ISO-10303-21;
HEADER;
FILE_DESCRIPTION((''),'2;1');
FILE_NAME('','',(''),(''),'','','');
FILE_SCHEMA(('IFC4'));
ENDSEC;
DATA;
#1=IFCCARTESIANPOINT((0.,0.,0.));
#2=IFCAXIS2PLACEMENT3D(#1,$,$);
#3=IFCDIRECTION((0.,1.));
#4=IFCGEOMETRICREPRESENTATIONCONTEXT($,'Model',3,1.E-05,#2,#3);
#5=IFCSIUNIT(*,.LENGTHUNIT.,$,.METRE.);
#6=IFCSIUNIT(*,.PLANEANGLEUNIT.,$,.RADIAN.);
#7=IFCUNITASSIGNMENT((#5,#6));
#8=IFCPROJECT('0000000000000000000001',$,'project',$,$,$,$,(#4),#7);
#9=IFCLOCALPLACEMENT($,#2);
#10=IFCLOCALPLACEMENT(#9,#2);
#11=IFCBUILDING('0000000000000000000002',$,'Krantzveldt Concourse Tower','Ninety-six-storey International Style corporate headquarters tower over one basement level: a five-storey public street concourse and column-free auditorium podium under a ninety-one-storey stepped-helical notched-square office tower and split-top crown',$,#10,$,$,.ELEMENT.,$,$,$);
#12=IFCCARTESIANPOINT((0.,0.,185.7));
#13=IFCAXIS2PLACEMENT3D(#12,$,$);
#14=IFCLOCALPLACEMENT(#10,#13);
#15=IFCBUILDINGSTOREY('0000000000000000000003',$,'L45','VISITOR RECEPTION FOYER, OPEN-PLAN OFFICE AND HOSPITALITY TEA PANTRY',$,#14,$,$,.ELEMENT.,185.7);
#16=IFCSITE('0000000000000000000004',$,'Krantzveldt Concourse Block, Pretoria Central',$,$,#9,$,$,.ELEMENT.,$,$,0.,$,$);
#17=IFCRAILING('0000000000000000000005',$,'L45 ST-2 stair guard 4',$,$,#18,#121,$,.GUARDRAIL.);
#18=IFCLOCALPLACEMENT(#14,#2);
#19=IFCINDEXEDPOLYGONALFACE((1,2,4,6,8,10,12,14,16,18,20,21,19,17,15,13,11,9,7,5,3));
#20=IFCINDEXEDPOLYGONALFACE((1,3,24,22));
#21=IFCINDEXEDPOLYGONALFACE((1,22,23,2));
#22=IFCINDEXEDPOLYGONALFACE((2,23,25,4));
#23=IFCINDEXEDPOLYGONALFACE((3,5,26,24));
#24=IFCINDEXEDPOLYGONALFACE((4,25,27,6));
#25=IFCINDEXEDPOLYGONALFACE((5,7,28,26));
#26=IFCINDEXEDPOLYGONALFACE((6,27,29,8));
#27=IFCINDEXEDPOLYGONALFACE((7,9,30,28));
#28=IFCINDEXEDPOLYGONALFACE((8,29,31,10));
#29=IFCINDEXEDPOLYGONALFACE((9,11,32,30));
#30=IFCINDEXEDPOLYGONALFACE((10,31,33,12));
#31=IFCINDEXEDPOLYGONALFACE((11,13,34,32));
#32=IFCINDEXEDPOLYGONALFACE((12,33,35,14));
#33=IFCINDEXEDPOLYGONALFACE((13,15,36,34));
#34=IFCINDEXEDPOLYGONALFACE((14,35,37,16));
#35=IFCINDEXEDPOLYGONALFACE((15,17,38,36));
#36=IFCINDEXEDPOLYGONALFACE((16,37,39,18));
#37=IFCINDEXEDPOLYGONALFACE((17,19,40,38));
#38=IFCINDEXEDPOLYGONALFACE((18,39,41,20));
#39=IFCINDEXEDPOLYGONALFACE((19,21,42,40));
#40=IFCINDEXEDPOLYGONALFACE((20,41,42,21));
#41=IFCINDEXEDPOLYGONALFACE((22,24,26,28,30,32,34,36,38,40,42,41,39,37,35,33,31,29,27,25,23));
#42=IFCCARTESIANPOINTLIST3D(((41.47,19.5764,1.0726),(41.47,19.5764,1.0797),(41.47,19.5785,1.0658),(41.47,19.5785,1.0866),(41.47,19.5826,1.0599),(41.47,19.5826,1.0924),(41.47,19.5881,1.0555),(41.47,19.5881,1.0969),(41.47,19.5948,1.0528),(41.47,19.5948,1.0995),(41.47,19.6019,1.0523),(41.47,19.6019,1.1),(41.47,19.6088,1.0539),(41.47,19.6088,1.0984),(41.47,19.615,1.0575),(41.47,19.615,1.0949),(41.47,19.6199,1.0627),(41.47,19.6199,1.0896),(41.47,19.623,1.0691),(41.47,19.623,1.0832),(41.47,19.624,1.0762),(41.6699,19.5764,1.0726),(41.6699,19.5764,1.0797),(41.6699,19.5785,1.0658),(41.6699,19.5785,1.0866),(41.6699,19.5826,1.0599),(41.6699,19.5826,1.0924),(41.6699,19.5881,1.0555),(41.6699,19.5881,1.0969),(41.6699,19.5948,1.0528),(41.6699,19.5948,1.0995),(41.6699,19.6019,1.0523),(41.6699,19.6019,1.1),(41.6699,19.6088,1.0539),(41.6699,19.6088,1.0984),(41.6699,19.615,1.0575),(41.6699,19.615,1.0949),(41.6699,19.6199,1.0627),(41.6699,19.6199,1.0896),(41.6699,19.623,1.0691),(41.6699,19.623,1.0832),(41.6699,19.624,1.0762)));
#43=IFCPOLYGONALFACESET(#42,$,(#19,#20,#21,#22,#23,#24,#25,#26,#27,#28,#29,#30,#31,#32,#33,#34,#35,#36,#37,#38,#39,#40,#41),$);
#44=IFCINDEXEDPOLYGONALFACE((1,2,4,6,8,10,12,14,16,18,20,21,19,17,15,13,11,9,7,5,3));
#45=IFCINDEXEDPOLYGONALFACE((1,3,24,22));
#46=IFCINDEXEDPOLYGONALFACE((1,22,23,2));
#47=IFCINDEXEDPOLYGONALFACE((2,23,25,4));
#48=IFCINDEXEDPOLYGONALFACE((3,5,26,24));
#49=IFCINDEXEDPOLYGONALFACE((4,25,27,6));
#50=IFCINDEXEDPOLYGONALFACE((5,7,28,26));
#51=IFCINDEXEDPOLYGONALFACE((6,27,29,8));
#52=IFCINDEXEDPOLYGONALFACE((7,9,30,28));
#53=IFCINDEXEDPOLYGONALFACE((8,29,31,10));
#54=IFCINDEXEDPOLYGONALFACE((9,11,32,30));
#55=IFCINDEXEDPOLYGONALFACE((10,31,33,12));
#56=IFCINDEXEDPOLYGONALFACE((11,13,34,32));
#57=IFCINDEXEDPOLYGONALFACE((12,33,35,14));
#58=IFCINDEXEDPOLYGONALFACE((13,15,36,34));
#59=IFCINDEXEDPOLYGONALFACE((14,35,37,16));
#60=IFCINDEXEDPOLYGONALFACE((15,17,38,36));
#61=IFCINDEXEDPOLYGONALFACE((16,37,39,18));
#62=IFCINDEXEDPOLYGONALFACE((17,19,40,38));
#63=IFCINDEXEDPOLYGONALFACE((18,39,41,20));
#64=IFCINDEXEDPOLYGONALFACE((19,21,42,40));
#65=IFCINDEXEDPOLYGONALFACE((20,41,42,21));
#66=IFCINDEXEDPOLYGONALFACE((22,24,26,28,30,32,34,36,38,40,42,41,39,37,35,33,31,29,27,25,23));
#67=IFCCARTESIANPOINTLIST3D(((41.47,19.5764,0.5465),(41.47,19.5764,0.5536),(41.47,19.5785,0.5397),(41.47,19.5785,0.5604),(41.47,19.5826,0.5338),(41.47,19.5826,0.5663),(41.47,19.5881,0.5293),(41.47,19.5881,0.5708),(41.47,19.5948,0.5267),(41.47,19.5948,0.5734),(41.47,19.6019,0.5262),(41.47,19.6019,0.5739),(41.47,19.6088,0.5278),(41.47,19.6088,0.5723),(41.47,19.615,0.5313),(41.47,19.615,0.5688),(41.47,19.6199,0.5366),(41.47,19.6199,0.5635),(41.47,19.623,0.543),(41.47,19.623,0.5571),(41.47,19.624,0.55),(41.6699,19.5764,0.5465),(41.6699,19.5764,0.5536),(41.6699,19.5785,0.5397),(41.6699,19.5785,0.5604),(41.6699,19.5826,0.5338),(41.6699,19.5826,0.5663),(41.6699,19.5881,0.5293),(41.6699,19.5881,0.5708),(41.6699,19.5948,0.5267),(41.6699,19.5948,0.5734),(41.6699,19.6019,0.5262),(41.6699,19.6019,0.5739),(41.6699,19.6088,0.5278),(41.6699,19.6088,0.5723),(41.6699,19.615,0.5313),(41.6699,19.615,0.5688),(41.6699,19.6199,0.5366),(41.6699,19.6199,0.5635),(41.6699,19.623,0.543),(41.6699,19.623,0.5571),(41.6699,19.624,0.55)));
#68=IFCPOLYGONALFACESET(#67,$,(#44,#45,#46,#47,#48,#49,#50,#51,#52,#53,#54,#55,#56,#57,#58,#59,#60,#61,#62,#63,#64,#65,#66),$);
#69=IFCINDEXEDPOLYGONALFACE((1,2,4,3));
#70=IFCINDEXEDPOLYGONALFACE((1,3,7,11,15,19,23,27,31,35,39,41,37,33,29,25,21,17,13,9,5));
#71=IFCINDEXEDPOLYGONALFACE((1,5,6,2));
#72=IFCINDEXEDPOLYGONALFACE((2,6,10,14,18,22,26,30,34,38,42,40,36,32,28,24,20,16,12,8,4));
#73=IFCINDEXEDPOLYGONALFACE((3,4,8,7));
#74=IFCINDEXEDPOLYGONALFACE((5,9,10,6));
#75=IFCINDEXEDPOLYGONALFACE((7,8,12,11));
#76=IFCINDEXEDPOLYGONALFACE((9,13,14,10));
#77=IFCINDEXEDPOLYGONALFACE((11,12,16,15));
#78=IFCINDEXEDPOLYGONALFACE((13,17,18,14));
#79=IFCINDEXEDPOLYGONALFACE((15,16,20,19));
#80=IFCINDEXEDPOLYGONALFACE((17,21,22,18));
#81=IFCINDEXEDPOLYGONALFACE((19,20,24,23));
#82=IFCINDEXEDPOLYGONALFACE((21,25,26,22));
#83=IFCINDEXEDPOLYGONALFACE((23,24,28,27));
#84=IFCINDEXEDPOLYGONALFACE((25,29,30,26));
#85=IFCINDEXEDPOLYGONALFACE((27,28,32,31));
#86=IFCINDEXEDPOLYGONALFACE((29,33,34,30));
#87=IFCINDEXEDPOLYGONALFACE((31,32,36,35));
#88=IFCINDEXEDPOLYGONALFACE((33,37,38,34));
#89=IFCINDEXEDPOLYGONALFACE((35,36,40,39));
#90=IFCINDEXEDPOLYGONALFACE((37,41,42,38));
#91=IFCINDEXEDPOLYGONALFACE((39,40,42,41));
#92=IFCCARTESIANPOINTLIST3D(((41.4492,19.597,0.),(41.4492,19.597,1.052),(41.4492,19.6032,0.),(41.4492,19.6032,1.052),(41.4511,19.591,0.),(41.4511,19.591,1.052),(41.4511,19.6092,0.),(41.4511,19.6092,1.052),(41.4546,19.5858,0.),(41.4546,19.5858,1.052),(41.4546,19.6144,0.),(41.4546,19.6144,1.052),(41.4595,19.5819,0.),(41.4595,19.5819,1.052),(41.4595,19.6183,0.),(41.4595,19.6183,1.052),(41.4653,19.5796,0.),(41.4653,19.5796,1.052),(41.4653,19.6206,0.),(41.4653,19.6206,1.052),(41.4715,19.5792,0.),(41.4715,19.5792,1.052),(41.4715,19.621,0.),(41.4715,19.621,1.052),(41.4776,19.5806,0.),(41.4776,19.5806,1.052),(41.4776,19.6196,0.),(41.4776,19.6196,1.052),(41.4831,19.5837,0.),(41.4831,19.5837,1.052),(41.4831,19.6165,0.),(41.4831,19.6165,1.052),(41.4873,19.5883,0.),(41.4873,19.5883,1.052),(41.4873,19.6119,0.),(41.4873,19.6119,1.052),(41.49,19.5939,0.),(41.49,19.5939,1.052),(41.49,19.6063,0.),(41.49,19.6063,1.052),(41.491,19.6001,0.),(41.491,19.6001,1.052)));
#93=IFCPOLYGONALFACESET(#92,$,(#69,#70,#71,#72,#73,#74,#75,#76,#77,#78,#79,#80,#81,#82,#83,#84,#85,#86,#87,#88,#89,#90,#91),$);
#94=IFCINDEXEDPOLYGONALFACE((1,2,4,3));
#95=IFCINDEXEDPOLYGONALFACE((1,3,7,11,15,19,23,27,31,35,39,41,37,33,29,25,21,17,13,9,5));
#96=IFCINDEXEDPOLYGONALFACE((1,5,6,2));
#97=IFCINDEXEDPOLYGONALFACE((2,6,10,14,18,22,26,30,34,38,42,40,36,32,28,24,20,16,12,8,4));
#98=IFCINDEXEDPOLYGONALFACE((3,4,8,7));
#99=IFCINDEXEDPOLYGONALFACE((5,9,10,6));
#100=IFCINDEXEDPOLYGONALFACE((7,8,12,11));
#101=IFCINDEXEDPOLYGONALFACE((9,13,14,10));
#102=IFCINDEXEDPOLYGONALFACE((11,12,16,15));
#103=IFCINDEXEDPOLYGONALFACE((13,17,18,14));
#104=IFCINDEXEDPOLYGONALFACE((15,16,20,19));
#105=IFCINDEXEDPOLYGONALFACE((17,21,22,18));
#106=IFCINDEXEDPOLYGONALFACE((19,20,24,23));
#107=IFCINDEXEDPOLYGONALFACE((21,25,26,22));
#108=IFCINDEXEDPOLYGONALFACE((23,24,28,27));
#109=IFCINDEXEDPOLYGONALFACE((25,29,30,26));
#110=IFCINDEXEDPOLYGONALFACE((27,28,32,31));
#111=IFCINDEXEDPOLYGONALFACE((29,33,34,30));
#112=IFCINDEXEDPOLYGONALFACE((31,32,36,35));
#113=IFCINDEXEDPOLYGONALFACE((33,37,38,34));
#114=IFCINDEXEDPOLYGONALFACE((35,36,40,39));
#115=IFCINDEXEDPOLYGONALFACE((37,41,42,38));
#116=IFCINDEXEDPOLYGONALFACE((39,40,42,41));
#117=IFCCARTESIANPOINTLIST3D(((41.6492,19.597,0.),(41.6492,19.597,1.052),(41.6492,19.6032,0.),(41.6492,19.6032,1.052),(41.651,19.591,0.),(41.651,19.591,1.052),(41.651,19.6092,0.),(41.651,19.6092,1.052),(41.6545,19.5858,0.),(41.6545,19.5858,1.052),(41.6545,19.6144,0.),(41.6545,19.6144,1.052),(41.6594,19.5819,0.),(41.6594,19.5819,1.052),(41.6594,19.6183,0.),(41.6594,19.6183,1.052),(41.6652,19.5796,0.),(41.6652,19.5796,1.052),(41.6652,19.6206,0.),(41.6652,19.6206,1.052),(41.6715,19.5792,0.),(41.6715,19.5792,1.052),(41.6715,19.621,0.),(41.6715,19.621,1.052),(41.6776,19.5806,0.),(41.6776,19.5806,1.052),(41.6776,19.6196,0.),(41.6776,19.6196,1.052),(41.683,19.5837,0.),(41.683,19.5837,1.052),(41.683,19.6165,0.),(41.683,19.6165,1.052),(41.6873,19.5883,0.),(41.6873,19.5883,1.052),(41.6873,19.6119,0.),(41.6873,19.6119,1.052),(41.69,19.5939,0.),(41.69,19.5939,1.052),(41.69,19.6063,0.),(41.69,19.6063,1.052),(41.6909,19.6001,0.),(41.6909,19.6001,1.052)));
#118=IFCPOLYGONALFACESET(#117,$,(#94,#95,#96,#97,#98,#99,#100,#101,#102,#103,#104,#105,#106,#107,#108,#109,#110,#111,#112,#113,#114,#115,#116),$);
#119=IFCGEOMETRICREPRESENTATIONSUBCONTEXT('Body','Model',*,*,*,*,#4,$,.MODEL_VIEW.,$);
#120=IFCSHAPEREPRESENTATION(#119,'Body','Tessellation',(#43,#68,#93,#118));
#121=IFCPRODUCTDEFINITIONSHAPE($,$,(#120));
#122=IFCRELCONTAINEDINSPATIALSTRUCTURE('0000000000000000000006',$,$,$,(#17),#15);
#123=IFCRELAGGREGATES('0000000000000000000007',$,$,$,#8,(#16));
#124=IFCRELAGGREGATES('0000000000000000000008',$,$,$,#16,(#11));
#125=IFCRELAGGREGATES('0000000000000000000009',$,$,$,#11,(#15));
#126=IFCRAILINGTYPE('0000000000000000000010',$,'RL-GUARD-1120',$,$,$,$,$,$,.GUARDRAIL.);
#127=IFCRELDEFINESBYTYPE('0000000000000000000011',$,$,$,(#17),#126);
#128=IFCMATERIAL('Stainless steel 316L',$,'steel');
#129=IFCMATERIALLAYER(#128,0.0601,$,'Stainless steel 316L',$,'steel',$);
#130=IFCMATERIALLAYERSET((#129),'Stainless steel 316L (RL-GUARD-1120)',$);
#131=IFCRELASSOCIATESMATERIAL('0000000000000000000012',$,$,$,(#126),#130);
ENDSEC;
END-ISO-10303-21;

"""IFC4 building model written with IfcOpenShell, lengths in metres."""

from ifc_helpers import new_model, si_unit, direction, frame, origin, origin_2d, place, context, subcontext, project, spatial, circle, extrude, material, layer, layer_set, type_object, element, save


model = new_model("IFC4")

# Units and contexts
model_context = context("Model", 3, precision=1e-05, world=origin(), true_north=direction((0.0, 1.0)))
body_context = subcontext(model_context, "Body", "Model", "MODEL_VIEW")
ifc_project = project(units=[si_unit("LENGTHUNIT", "METRE"), si_unit("PLANEANGLEUNIT", "RADIAN")], contexts=[model_context])

# Site, building, storey
site_placement = place(None, origin())
site = spatial("IfcSite", under=ifc_project, at=site_placement, Name="Krantzveldt Concourse Block, Pretoria Central", CompositionType="ELEMENT", RefElevation=0.0)
building_placement = place(site_placement, origin())
building = spatial("IfcBuilding", under=site, at=building_placement, Name="Krantzveldt Concourse Tower", Description="Ninety-six-storey International Style corporate headquarters tower over one basement level: a five-storey public street concourse and column-free auditorium podium under a ninety-one-storey stepped-helical notched-square office tower and split-top crown", CompositionType="ELEMENT")
storey_placement = place(building_placement, frame((0.0, 0.0, 185.7)))
storey = spatial("IfcBuildingStorey", under=building, at=storey_placement, Name="L45", Description="VISITOR RECEPTION FOYER, OPEN-PLAN OFFICE AND HOSPITALITY TEA PANTRY", CompositionType="ELEMENT", Elevation=185.7)

# Shared definitions
ifc_material_1 = material(Name="Stainless steel 316L", Category="steel")

# Railing
ifc_layer_1 = layer(ifc_material_1, 0.0601, Name="Stainless steel 316L", Category="steel")
ifc_layer_set_1 = layer_set([ifc_layer_1], Name="Stainless steel 316L (RL-GUARD-1120)")
railing_type_1 = type_object("IfcRailingType", Name="RL-GUARD-1120", PredefinedType="GUARDRAIL", material=ifc_layer_set_1)
railing_1_placement = place(storey_placement, frame((41.47, 19.6001, 0.0)))
element("IfcRailing", 1, at=railing_1_placement, inside=storey, type_object=railing_type_1, Name="L45 ST-2 stair guard 4", PredefinedType="GUARDRAIL", context=body_context, shape_type="SweptSolid", body=[
    extrude(circle(Radius=0.0239, at=origin_2d()), frame((0.0, 0.0, 1.0762), z_axis=(1.0, 0.0, 0.0), x_axis=(0.0, 1.0, 0.0)), (0.0, 0.0, 1.0), 0.2),
    extrude(circle(Radius=0.0239, at=origin_2d()), frame((0.0, 0.0, 0.55), z_axis=(1.0, 0.0, 0.0), x_axis=(0.0, 1.0, 0.0)), (0.0, 0.0, 1.0), 0.2),
    extrude(circle(Radius=0.021, at=origin_2d()), origin(), (0.0, 0.0, 1.0), 1.052),
    extrude(circle(Radius=0.021, at=origin_2d()), frame((0.2, 0.0, 0.0)), (0.0, 0.0, 1.0), 1.052),
])

save(model, "model.ifc")
